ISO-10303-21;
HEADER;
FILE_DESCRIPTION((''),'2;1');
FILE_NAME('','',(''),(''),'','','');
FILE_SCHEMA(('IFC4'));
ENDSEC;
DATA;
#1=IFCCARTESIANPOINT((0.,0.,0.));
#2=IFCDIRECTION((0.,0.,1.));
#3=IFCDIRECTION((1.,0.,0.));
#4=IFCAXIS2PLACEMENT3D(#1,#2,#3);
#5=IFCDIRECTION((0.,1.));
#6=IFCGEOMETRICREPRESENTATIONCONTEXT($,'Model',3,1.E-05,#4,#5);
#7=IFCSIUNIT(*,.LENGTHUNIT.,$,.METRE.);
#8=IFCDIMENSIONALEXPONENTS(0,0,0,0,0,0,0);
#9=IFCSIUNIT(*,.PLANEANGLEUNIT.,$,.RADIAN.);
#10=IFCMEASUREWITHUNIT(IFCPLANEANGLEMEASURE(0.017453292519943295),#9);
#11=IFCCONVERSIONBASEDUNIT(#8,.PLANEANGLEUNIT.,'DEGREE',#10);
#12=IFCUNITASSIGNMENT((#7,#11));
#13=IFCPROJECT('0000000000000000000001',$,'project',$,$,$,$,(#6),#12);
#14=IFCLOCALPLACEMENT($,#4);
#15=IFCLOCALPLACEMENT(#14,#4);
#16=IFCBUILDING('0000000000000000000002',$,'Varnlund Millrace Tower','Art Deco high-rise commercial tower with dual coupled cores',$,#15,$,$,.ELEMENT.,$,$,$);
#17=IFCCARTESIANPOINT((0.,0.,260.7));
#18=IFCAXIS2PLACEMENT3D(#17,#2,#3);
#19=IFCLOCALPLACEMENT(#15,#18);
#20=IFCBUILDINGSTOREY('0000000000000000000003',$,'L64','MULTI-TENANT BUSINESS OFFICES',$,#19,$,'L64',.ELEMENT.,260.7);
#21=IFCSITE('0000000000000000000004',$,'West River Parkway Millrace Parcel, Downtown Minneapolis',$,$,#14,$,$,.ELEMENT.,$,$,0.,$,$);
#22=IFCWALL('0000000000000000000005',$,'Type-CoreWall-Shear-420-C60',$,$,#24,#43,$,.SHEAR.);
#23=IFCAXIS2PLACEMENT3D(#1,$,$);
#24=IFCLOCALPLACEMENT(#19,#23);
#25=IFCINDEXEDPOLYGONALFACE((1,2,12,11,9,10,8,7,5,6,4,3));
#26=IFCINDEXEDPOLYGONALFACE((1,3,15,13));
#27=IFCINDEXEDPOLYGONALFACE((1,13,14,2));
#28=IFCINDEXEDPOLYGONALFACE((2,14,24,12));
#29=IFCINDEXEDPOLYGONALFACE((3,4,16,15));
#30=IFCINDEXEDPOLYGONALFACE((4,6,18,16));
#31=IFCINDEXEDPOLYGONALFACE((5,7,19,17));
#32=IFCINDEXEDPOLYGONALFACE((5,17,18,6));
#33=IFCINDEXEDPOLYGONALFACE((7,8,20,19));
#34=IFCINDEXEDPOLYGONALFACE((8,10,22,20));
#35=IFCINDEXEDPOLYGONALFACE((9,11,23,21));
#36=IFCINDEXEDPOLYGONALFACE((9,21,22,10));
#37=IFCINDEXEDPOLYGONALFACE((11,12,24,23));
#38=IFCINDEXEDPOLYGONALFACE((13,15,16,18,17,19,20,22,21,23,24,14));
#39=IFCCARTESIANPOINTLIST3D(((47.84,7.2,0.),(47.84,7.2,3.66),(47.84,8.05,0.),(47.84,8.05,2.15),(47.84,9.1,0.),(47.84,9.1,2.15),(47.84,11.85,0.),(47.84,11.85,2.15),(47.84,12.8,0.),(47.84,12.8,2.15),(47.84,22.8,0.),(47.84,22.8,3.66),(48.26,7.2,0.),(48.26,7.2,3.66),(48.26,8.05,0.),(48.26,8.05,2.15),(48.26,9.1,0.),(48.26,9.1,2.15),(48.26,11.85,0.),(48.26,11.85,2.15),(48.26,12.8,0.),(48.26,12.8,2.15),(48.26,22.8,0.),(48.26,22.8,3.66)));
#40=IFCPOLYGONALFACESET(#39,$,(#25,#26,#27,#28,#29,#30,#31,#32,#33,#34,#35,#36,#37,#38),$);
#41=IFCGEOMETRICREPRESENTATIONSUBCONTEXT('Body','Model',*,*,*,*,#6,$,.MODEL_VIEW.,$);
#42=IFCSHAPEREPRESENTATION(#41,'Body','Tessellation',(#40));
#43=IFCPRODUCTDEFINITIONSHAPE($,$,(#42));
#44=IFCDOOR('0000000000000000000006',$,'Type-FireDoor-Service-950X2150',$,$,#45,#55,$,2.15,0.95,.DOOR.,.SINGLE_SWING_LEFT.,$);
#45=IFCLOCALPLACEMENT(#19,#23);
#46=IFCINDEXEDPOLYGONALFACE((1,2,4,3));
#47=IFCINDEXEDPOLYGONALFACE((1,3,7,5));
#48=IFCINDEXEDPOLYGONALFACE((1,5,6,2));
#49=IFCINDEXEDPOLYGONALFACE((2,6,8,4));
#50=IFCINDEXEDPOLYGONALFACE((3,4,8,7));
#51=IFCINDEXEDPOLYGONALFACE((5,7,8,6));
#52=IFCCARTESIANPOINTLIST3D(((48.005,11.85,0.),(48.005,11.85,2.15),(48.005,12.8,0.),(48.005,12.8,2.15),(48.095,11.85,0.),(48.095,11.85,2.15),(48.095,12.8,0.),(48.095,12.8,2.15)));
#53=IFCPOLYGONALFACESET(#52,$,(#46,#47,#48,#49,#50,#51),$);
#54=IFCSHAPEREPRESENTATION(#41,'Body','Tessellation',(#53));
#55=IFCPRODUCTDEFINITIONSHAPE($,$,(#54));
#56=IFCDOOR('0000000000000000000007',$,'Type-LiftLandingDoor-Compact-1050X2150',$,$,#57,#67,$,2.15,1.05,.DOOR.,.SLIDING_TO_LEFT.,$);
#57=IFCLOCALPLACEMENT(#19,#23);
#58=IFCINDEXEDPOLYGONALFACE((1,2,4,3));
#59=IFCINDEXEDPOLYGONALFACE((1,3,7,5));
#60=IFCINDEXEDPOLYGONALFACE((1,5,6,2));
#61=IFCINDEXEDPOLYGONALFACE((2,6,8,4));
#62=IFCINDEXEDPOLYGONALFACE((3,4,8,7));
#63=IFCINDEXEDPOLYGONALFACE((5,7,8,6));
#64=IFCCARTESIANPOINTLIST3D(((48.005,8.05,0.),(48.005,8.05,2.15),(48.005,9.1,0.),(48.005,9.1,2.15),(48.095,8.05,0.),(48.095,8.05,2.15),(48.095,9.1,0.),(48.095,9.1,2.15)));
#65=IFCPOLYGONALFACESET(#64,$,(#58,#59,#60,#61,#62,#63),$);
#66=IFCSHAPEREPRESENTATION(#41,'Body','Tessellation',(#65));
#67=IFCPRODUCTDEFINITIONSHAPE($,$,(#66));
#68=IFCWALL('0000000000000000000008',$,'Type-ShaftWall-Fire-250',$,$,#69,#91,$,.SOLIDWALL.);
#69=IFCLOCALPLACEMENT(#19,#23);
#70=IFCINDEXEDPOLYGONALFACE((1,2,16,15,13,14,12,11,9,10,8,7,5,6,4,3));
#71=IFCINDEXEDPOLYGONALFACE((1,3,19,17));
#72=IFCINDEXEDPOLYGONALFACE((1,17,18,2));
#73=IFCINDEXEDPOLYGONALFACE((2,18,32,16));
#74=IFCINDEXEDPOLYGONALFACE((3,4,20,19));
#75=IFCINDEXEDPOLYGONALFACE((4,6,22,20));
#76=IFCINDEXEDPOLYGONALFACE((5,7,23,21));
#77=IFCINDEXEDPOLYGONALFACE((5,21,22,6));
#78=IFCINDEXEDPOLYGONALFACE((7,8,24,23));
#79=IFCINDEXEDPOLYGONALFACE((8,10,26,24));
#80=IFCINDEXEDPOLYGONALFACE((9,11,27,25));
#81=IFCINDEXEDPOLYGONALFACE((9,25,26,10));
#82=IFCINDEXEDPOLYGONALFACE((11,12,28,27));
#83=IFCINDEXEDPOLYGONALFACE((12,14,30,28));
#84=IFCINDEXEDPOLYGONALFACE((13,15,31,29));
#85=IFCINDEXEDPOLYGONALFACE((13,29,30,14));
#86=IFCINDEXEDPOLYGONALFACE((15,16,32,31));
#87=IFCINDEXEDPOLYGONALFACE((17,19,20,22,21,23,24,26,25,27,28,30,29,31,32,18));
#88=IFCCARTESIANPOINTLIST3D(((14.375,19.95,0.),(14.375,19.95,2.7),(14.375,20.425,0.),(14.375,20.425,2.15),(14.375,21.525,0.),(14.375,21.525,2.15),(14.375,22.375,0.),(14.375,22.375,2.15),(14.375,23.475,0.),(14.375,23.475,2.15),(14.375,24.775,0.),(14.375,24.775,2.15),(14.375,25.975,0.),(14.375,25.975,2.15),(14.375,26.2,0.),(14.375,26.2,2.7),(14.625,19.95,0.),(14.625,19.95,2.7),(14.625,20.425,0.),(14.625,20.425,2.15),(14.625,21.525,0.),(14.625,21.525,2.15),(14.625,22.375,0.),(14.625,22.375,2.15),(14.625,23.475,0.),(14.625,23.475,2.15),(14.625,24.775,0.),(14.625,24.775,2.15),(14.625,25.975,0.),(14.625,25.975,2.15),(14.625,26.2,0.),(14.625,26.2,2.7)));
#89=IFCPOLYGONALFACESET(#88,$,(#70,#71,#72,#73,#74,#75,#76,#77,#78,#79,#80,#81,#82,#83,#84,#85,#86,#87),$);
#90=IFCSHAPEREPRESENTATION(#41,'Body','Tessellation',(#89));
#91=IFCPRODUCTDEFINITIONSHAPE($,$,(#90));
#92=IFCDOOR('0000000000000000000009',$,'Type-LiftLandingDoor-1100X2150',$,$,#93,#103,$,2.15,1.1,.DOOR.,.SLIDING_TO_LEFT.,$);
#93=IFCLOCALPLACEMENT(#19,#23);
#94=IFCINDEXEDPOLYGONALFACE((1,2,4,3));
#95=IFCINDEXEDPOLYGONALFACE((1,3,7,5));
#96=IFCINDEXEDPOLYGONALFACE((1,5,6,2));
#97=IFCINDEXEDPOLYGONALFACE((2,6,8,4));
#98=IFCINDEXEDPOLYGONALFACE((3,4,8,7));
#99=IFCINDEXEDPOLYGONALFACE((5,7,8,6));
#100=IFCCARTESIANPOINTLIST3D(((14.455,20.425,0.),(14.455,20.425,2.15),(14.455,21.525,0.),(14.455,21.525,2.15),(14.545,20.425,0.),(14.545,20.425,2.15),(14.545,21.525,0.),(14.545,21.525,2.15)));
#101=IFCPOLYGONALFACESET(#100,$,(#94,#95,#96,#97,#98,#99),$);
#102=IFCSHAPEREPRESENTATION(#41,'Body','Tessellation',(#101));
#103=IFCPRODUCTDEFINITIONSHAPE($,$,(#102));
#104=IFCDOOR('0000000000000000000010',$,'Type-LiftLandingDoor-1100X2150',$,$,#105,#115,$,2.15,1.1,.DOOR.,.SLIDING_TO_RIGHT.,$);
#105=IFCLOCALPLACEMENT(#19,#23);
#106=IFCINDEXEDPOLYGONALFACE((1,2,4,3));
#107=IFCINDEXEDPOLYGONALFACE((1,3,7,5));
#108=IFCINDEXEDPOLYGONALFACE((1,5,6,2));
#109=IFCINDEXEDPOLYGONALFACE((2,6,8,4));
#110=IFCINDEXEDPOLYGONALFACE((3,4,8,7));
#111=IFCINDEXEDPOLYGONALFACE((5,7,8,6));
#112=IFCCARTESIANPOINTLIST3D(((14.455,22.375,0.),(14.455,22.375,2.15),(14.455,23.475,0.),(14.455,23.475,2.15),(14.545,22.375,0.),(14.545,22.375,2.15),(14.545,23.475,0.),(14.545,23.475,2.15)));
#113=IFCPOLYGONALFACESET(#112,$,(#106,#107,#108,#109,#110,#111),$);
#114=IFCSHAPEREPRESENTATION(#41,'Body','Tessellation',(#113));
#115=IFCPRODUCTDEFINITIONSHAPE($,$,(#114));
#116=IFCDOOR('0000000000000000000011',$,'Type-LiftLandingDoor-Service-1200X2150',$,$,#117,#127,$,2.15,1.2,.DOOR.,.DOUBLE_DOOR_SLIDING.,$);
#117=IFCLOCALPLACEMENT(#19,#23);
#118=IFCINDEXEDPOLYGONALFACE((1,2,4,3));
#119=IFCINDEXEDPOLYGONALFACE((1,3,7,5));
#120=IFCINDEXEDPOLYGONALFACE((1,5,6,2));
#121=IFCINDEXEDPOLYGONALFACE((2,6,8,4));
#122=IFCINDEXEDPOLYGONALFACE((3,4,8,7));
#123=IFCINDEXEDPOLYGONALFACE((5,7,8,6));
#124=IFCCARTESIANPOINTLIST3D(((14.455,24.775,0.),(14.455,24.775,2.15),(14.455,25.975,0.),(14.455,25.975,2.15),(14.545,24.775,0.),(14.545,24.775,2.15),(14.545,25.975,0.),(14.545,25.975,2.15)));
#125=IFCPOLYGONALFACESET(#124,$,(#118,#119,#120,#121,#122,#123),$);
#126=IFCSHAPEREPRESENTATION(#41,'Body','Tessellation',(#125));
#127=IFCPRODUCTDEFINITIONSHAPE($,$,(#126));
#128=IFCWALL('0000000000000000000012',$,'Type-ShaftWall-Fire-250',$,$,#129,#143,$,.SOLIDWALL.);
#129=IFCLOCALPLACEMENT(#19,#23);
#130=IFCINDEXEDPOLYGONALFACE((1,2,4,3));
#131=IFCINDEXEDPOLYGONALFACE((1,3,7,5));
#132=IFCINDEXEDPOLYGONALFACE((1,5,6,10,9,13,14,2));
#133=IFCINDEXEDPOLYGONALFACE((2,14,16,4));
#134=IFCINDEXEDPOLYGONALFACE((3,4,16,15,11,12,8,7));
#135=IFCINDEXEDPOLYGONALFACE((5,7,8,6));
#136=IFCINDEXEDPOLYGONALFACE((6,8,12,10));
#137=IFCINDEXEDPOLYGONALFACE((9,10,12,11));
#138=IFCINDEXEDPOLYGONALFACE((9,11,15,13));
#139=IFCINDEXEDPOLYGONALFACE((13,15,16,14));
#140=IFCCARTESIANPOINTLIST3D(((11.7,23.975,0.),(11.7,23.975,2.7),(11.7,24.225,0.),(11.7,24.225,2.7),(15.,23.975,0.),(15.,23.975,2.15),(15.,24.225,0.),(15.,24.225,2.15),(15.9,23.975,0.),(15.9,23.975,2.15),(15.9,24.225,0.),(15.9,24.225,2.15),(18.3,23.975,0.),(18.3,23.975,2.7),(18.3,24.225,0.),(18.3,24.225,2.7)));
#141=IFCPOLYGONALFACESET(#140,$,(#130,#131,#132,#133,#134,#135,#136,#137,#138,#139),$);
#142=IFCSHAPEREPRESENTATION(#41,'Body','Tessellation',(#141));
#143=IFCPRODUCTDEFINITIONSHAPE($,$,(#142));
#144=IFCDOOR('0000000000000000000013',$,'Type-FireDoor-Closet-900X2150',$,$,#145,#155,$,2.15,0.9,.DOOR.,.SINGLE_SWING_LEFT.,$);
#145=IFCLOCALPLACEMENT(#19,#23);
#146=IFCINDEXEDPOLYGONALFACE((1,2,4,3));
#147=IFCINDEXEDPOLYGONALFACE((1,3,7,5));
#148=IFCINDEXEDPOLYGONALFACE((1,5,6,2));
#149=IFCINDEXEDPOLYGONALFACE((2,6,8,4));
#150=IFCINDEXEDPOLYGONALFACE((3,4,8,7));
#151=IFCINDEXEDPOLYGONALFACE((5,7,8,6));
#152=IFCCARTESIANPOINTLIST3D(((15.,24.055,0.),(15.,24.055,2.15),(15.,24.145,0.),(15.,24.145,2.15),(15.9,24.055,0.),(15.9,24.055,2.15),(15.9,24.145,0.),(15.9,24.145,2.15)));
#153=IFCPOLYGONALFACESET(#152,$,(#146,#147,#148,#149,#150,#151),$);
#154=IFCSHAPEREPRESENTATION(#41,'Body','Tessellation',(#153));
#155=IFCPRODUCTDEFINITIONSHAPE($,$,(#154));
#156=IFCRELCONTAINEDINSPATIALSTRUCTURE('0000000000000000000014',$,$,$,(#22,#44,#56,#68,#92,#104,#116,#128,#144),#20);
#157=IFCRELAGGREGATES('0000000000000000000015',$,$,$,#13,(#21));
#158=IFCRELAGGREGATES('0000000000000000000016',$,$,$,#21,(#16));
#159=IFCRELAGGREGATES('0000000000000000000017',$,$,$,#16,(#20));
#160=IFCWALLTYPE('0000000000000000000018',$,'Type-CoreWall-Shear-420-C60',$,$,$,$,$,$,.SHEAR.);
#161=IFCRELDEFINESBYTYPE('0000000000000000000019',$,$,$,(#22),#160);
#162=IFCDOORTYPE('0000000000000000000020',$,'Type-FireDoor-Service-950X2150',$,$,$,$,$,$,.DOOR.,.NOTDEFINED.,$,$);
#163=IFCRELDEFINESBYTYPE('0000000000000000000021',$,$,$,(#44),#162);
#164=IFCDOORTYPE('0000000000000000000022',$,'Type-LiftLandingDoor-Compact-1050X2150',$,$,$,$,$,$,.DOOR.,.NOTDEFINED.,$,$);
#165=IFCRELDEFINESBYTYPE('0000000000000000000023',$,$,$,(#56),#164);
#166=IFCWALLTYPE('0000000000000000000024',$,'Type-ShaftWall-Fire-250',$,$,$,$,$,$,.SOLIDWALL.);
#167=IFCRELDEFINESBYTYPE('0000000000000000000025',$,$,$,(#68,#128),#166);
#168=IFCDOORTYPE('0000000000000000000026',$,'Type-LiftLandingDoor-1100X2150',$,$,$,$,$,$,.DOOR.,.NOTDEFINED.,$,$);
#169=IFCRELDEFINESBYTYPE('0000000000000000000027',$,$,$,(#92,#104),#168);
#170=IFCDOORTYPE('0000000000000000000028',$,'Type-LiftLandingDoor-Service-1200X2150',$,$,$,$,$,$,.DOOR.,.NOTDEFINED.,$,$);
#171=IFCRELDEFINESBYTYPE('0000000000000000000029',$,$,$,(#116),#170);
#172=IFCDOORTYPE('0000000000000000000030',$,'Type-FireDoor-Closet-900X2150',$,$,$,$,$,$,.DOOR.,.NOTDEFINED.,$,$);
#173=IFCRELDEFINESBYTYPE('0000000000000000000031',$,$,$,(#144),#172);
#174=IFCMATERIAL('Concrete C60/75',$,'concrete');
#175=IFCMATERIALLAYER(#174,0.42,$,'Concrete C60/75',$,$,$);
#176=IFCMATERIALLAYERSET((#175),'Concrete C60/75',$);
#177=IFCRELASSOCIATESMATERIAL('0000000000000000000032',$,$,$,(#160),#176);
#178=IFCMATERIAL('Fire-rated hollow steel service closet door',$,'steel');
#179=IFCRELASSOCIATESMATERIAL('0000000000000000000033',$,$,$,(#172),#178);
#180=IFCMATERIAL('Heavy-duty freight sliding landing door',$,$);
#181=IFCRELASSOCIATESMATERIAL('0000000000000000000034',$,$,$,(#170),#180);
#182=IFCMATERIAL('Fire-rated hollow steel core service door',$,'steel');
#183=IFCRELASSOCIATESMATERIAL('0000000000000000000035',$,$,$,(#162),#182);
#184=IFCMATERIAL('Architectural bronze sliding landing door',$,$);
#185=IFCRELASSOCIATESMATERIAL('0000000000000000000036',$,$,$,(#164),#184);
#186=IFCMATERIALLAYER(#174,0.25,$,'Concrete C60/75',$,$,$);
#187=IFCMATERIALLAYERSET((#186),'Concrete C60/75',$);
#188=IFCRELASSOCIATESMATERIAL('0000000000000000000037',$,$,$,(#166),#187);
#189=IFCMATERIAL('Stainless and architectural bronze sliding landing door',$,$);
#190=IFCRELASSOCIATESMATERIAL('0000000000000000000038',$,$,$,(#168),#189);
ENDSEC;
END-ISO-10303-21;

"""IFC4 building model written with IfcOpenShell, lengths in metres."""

from ifc_helpers import new_model, entity, si_unit, converted_unit, direction, frame, origin_with_axes, origin_2d_with_axis, place, context, subcontext, project, spatial, polyline, rectangle, outline, extrude, material, layer, layer_set, type_object, element, fill, save


model = new_model("IFC4")

# Units and contexts
model_context = context("Model", 3, precision=1e-05, world=origin_with_axes(), true_north=direction((0.0, 1.0)))
body_context = subcontext(model_context, "Body", "Model", "MODEL_VIEW")
ifc_project = project(units=[si_unit("LENGTHUNIT", "METRE"), converted_unit("PLANEANGLEUNIT", "DEGREE", entity("IfcPlaneAngleMeasure", 0.017453292519943295), si_unit("PLANEANGLEUNIT", "RADIAN"), dimensions=[0, 0, 0, 0, 0, 0, 0])], contexts=[model_context])

# Site, building, storey
site_placement = place(None, origin_with_axes())
site = spatial("IfcSite", under=ifc_project, at=site_placement, Name="West River Parkway Millrace Parcel, Downtown Minneapolis", CompositionType="ELEMENT", RefElevation=0.0)
building_placement = place(site_placement, origin_with_axes())
building = spatial("IfcBuilding", under=site, at=building_placement, Name="Varnlund Millrace Tower", Description="Art Deco high-rise commercial tower with dual coupled cores", CompositionType="ELEMENT")
storey_placement = place(building_placement, frame((0.0, 0.0, 260.7), z_axis=(0.0, 0.0, 1.0), x_axis=(1.0, 0.0, 0.0)))
storey = spatial("IfcBuildingStorey", under=building, at=storey_placement, Name="L64", Description="MULTI-TENANT BUSINESS OFFICES", LongName="L64", CompositionType="ELEMENT", Elevation=260.7)

# Shared definitions
ifc_material_1 = material(Name="Concrete C60/75", Category="concrete")
ifc_layer_1 = layer(ifc_material_1, 0.42, Name="Concrete C60/75")
ifc_layer_set_1 = layer_set([ifc_layer_1], Name="Concrete C60/75")
wall_type_1 = type_object("IfcWallType", Name="Type-CoreWall-Shear-420-C60", PredefinedType="SHEAR", material=ifc_layer_set_1)
ifc_material_2 = material(Name="Fire-rated hollow steel service closet door", Category="steel")
door_type_1 = type_object("IfcDoorType", Name="Type-FireDoor-Closet-900X2150", OperationType="NOTDEFINED", PredefinedType="DOOR", material=ifc_material_2)
ifc_material_3 = material(Name="Heavy-duty freight sliding landing door")
door_type_2 = type_object("IfcDoorType", Name="Type-LiftLandingDoor-Service-1200X2150", OperationType="NOTDEFINED", PredefinedType="DOOR", material=ifc_material_3)

# Walls, openings, doors
wall_1_placement = place(storey_placement, frame((48.05, 7.2, 0.0), z_axis=(0.0, 0.0, 1.0), x_axis=(0.0, 1.0, 0.0)))
wall_1 = element("IfcWall", 1, at=wall_1_placement, inside=storey, type_object=wall_type_1, Name="Type-CoreWall-Shear-420-C60", PredefinedType="SHEAR", context=body_context, shape_type="SweptSolid", body=[
    extrude(outline(polyline([(0.0, -0.21), (15.6, -0.21), (15.6, 0.21), (0.0, 0.21), (0.0, -0.21)])), origin_with_axes(), (0.0, 0.0, 1.0), 3.66),
])
opening_1_placement = place(wall_1_placement, frame((1.375, 0.0, 0.0), z_axis=(0.0, 0.0, 1.0), x_axis=(1.0, 0.0, 0.0)))
opening_1 = element("IfcOpeningElement", 2, at=opening_1_placement, cuts=wall_1, PredefinedType="OPENING", context=body_context, shape_type="SweptSolid", body=[
    extrude(rectangle(XDim=1.05, YDim=0.44, at=origin_2d_with_axis()), origin_with_axes(), (0.0, 0.0, 1.0), 2.15),
])
opening_2_placement = place(wall_1_placement, frame((5.125, 0.0, 0.0), z_axis=(0.0, 0.0, 1.0), x_axis=(1.0, 0.0, 0.0)))
opening_2 = element("IfcOpeningElement", 3, at=opening_2_placement, cuts=wall_1, PredefinedType="OPENING", context=body_context, shape_type="SweptSolid", body=[
    extrude(rectangle(XDim=0.95, YDim=0.44, at=origin_2d_with_axis()), origin_with_axes(), (0.0, 0.0, 1.0), 2.15),
])
ifc_material_4 = material(Name="Fire-rated hollow steel core service door", Category="steel")
door_type_3 = type_object("IfcDoorType", Name="Type-FireDoor-Service-950X2150", OperationType="NOTDEFINED", PredefinedType="DOOR", material=ifc_material_4)
door_1_placement = place(wall_1_placement, frame((5.125, 0.0, 0.0), z_axis=(0.0, 0.0, 1.0), x_axis=(1.0, 0.0, 0.0)))
door_1 = element("IfcDoor", 4, at=door_1_placement, inside=storey, type_object=door_type_3, Name="Type-FireDoor-Service-950X2150", OperationType="SINGLE_SWING_LEFT", OverallHeight=2.15, OverallWidth=0.95, PredefinedType="DOOR", context=body_context, shape_type="SweptSolid", body=[
    extrude(rectangle(XDim=0.95, YDim=0.09, at=origin_2d_with_axis()), origin_with_axes(), (0.0, 0.0, 1.0), 2.15),
])
fill(opening_2, door_1)
ifc_material_5 = material(Name="Architectural bronze sliding landing door")
door_type_4 = type_object("IfcDoorType", Name="Type-LiftLandingDoor-Compact-1050X2150", OperationType="NOTDEFINED", PredefinedType="DOOR", material=ifc_material_5)
door_2_placement = place(wall_1_placement, frame((1.375, 0.0, 0.0), z_axis=(0.0, 0.0, 1.0), x_axis=(1.0, 0.0, 0.0)))
door_2 = element("IfcDoor", 5, at=door_2_placement, inside=storey, type_object=door_type_4, Name="Type-LiftLandingDoor-Compact-1050X2150", OperationType="SLIDING_TO_LEFT", OverallHeight=2.15, OverallWidth=1.05, PredefinedType="DOOR", context=body_context, shape_type="SweptSolid", body=[
    extrude(rectangle(XDim=1.05, YDim=0.09, at=origin_2d_with_axis()), origin_with_axes(), (0.0, 0.0, 1.0), 2.15),
])
fill(opening_1, door_2)
ifc_layer_2 = layer(ifc_material_1, 0.25, Name="Concrete C60/75")
ifc_layer_set_2 = layer_set([ifc_layer_2], Name="Concrete C60/75")
wall_type_2 = type_object("IfcWallType", Name="Type-ShaftWall-Fire-250", PredefinedType="SOLIDWALL", material=ifc_layer_set_2)
wall_2_placement = place(storey_placement, frame((14.5, 19.95, 0.0), z_axis=(0.0, 0.0, 1.0), x_axis=(0.0, 1.0, 0.0)))
wall_2 = element("IfcWall", 6, at=wall_2_placement, inside=storey, type_object=wall_type_2, Name="Type-ShaftWall-Fire-250", PredefinedType="SOLIDWALL", context=body_context, shape_type="SweptSolid", body=[
    extrude(outline(polyline([(0.0, -0.125), (6.25, -0.125), (6.25, 0.125), (0.0, 0.125), (0.0, -0.125)])), origin_with_axes(), (0.0, 0.0, 1.0), 2.7),
])
opening_3_placement = place(wall_2_placement, frame((1.025, 0.0, 0.0), z_axis=(0.0, 0.0, 1.0), x_axis=(1.0, 0.0, 0.0)))
opening_3 = element("IfcOpeningElement", 7, at=opening_3_placement, cuts=wall_2, PredefinedType="OPENING", context=body_context, shape_type="SweptSolid", body=[
    extrude(rectangle(XDim=1.1, YDim=0.27, at=origin_2d_with_axis()), origin_with_axes(), (0.0, 0.0, 1.0), 2.15),
])
opening_4_placement = place(wall_2_placement, frame((2.975, 0.0, 0.0), z_axis=(0.0, 0.0, 1.0), x_axis=(1.0, 0.0, 0.0)))
opening_4 = element("IfcOpeningElement", 8, at=opening_4_placement, cuts=wall_2, PredefinedType="OPENING", context=body_context, shape_type="SweptSolid", body=[
    extrude(rectangle(XDim=1.1, YDim=0.27, at=origin_2d_with_axis()), origin_with_axes(), (0.0, 0.0, 1.0), 2.15),
])
opening_5_placement = place(wall_2_placement, frame((5.425, 0.0, 0.0), z_axis=(0.0, 0.0, 1.0), x_axis=(1.0, 0.0, 0.0)))
opening_5 = element("IfcOpeningElement", 9, at=opening_5_placement, cuts=wall_2, PredefinedType="OPENING", context=body_context, shape_type="SweptSolid", body=[
    extrude(rectangle(XDim=1.2, YDim=0.27, at=origin_2d_with_axis()), origin_with_axes(), (0.0, 0.0, 1.0), 2.15),
])
ifc_material_6 = material(Name="Stainless and architectural bronze sliding landing door")
door_type_5 = type_object("IfcDoorType", Name="Type-LiftLandingDoor-1100X2150", OperationType="NOTDEFINED", PredefinedType="DOOR", material=ifc_material_6)
door_3_placement = place(wall_2_placement, frame((1.025, 0.0, 0.0), z_axis=(0.0, 0.0, 1.0), x_axis=(1.0, 0.0, 0.0)))
door_3 = element("IfcDoor", 10, at=door_3_placement, inside=storey, type_object=door_type_5, Name="Type-LiftLandingDoor-1100X2150", OperationType="SLIDING_TO_LEFT", OverallHeight=2.15, OverallWidth=1.1, PredefinedType="DOOR", context=body_context, shape_type="SweptSolid", body=[
    extrude(rectangle(XDim=1.1, YDim=0.09, at=origin_2d_with_axis()), origin_with_axes(), (0.0, 0.0, 1.0), 2.15),
])
fill(opening_3, door_3)
door_4_placement = place(wall_2_placement, frame((2.975, 0.0, 0.0), z_axis=(0.0, 0.0, 1.0), x_axis=(1.0, 0.0, 0.0)))
door_4 = element("IfcDoor", 11, at=door_4_placement, inside=storey, type_object=door_type_5, Name="Type-LiftLandingDoor-1100X2150", OperationType="SLIDING_TO_RIGHT", OverallHeight=2.15, OverallWidth=1.1, PredefinedType="DOOR", context=body_context, shape_type="SweptSolid", body=[
    extrude(rectangle(XDim=1.1, YDim=0.09, at=origin_2d_with_axis()), origin_with_axes(), (0.0, 0.0, 1.0), 2.15),
])
fill(opening_4, door_4)
door_5_placement = place(wall_2_placement, frame((5.425, 0.0, 0.0), z_axis=(0.0, 0.0, 1.0), x_axis=(1.0, 0.0, 0.0)))
door_5 = element("IfcDoor", 12, at=door_5_placement, inside=storey, type_object=door_type_2, Name="Type-LiftLandingDoor-Service-1200X2150", OperationType="DOUBLE_DOOR_SLIDING", OverallHeight=2.15, OverallWidth=1.2, PredefinedType="DOOR", context=body_context, shape_type="SweptSolid", body=[
    extrude(rectangle(XDim=1.2, YDim=0.09, at=origin_2d_with_axis()), origin_with_axes(), (0.0, 0.0, 1.0), 2.15),
])
fill(opening_5, door_5)

# Wall, opening, door
wall_3_placement = place(storey_placement, frame((11.7, 24.1, 0.0), z_axis=(0.0, 0.0, 1.0), x_axis=(1.0, 0.0, 0.0)))
wall_3 = element("IfcWall", 13, at=wall_3_placement, inside=storey, type_object=wall_type_2, Name="Type-ShaftWall-Fire-250", PredefinedType="SOLIDWALL", context=body_context, shape_type="SweptSolid", body=[
    extrude(outline(polyline([(0.0, -0.125), (6.6, -0.125), (6.6, 0.125), (0.0, 0.125), (0.0, -0.125)])), origin_with_axes(), (0.0, 0.0, 1.0), 2.7),
])
opening_6_placement = place(wall_3_placement, frame((3.75, 0.0, 0.0), z_axis=(0.0, 0.0, 1.0), x_axis=(1.0, 0.0, 0.0)))
opening_6 = element("IfcOpeningElement", 14, at=opening_6_placement, cuts=wall_3, PredefinedType="OPENING", context=body_context, shape_type="SweptSolid", body=[
    extrude(rectangle(XDim=0.9, YDim=0.27, at=origin_2d_with_axis()), origin_with_axes(), (0.0, 0.0, 1.0), 2.15),
])
door_6_placement = place(wall_3_placement, frame((3.75, 0.0, 0.0), z_axis=(0.0, 0.0, 1.0), x_axis=(1.0, 0.0, 0.0)))
door_6 = element("IfcDoor", 15, at=door_6_placement, inside=storey, type_object=door_type_1, Name="Type-FireDoor-Closet-900X2150", OperationType="SINGLE_SWING_LEFT", OverallHeight=2.15, OverallWidth=0.9, PredefinedType="DOOR", context=body_context, shape_type="SweptSolid", body=[
    extrude(rectangle(XDim=0.9, YDim=0.09, at=origin_2d_with_axis()), origin_with_axes(), (0.0, 0.0, 1.0), 2.15),
])
fill(opening_6, door_6)

save(model, "model.ifc")
